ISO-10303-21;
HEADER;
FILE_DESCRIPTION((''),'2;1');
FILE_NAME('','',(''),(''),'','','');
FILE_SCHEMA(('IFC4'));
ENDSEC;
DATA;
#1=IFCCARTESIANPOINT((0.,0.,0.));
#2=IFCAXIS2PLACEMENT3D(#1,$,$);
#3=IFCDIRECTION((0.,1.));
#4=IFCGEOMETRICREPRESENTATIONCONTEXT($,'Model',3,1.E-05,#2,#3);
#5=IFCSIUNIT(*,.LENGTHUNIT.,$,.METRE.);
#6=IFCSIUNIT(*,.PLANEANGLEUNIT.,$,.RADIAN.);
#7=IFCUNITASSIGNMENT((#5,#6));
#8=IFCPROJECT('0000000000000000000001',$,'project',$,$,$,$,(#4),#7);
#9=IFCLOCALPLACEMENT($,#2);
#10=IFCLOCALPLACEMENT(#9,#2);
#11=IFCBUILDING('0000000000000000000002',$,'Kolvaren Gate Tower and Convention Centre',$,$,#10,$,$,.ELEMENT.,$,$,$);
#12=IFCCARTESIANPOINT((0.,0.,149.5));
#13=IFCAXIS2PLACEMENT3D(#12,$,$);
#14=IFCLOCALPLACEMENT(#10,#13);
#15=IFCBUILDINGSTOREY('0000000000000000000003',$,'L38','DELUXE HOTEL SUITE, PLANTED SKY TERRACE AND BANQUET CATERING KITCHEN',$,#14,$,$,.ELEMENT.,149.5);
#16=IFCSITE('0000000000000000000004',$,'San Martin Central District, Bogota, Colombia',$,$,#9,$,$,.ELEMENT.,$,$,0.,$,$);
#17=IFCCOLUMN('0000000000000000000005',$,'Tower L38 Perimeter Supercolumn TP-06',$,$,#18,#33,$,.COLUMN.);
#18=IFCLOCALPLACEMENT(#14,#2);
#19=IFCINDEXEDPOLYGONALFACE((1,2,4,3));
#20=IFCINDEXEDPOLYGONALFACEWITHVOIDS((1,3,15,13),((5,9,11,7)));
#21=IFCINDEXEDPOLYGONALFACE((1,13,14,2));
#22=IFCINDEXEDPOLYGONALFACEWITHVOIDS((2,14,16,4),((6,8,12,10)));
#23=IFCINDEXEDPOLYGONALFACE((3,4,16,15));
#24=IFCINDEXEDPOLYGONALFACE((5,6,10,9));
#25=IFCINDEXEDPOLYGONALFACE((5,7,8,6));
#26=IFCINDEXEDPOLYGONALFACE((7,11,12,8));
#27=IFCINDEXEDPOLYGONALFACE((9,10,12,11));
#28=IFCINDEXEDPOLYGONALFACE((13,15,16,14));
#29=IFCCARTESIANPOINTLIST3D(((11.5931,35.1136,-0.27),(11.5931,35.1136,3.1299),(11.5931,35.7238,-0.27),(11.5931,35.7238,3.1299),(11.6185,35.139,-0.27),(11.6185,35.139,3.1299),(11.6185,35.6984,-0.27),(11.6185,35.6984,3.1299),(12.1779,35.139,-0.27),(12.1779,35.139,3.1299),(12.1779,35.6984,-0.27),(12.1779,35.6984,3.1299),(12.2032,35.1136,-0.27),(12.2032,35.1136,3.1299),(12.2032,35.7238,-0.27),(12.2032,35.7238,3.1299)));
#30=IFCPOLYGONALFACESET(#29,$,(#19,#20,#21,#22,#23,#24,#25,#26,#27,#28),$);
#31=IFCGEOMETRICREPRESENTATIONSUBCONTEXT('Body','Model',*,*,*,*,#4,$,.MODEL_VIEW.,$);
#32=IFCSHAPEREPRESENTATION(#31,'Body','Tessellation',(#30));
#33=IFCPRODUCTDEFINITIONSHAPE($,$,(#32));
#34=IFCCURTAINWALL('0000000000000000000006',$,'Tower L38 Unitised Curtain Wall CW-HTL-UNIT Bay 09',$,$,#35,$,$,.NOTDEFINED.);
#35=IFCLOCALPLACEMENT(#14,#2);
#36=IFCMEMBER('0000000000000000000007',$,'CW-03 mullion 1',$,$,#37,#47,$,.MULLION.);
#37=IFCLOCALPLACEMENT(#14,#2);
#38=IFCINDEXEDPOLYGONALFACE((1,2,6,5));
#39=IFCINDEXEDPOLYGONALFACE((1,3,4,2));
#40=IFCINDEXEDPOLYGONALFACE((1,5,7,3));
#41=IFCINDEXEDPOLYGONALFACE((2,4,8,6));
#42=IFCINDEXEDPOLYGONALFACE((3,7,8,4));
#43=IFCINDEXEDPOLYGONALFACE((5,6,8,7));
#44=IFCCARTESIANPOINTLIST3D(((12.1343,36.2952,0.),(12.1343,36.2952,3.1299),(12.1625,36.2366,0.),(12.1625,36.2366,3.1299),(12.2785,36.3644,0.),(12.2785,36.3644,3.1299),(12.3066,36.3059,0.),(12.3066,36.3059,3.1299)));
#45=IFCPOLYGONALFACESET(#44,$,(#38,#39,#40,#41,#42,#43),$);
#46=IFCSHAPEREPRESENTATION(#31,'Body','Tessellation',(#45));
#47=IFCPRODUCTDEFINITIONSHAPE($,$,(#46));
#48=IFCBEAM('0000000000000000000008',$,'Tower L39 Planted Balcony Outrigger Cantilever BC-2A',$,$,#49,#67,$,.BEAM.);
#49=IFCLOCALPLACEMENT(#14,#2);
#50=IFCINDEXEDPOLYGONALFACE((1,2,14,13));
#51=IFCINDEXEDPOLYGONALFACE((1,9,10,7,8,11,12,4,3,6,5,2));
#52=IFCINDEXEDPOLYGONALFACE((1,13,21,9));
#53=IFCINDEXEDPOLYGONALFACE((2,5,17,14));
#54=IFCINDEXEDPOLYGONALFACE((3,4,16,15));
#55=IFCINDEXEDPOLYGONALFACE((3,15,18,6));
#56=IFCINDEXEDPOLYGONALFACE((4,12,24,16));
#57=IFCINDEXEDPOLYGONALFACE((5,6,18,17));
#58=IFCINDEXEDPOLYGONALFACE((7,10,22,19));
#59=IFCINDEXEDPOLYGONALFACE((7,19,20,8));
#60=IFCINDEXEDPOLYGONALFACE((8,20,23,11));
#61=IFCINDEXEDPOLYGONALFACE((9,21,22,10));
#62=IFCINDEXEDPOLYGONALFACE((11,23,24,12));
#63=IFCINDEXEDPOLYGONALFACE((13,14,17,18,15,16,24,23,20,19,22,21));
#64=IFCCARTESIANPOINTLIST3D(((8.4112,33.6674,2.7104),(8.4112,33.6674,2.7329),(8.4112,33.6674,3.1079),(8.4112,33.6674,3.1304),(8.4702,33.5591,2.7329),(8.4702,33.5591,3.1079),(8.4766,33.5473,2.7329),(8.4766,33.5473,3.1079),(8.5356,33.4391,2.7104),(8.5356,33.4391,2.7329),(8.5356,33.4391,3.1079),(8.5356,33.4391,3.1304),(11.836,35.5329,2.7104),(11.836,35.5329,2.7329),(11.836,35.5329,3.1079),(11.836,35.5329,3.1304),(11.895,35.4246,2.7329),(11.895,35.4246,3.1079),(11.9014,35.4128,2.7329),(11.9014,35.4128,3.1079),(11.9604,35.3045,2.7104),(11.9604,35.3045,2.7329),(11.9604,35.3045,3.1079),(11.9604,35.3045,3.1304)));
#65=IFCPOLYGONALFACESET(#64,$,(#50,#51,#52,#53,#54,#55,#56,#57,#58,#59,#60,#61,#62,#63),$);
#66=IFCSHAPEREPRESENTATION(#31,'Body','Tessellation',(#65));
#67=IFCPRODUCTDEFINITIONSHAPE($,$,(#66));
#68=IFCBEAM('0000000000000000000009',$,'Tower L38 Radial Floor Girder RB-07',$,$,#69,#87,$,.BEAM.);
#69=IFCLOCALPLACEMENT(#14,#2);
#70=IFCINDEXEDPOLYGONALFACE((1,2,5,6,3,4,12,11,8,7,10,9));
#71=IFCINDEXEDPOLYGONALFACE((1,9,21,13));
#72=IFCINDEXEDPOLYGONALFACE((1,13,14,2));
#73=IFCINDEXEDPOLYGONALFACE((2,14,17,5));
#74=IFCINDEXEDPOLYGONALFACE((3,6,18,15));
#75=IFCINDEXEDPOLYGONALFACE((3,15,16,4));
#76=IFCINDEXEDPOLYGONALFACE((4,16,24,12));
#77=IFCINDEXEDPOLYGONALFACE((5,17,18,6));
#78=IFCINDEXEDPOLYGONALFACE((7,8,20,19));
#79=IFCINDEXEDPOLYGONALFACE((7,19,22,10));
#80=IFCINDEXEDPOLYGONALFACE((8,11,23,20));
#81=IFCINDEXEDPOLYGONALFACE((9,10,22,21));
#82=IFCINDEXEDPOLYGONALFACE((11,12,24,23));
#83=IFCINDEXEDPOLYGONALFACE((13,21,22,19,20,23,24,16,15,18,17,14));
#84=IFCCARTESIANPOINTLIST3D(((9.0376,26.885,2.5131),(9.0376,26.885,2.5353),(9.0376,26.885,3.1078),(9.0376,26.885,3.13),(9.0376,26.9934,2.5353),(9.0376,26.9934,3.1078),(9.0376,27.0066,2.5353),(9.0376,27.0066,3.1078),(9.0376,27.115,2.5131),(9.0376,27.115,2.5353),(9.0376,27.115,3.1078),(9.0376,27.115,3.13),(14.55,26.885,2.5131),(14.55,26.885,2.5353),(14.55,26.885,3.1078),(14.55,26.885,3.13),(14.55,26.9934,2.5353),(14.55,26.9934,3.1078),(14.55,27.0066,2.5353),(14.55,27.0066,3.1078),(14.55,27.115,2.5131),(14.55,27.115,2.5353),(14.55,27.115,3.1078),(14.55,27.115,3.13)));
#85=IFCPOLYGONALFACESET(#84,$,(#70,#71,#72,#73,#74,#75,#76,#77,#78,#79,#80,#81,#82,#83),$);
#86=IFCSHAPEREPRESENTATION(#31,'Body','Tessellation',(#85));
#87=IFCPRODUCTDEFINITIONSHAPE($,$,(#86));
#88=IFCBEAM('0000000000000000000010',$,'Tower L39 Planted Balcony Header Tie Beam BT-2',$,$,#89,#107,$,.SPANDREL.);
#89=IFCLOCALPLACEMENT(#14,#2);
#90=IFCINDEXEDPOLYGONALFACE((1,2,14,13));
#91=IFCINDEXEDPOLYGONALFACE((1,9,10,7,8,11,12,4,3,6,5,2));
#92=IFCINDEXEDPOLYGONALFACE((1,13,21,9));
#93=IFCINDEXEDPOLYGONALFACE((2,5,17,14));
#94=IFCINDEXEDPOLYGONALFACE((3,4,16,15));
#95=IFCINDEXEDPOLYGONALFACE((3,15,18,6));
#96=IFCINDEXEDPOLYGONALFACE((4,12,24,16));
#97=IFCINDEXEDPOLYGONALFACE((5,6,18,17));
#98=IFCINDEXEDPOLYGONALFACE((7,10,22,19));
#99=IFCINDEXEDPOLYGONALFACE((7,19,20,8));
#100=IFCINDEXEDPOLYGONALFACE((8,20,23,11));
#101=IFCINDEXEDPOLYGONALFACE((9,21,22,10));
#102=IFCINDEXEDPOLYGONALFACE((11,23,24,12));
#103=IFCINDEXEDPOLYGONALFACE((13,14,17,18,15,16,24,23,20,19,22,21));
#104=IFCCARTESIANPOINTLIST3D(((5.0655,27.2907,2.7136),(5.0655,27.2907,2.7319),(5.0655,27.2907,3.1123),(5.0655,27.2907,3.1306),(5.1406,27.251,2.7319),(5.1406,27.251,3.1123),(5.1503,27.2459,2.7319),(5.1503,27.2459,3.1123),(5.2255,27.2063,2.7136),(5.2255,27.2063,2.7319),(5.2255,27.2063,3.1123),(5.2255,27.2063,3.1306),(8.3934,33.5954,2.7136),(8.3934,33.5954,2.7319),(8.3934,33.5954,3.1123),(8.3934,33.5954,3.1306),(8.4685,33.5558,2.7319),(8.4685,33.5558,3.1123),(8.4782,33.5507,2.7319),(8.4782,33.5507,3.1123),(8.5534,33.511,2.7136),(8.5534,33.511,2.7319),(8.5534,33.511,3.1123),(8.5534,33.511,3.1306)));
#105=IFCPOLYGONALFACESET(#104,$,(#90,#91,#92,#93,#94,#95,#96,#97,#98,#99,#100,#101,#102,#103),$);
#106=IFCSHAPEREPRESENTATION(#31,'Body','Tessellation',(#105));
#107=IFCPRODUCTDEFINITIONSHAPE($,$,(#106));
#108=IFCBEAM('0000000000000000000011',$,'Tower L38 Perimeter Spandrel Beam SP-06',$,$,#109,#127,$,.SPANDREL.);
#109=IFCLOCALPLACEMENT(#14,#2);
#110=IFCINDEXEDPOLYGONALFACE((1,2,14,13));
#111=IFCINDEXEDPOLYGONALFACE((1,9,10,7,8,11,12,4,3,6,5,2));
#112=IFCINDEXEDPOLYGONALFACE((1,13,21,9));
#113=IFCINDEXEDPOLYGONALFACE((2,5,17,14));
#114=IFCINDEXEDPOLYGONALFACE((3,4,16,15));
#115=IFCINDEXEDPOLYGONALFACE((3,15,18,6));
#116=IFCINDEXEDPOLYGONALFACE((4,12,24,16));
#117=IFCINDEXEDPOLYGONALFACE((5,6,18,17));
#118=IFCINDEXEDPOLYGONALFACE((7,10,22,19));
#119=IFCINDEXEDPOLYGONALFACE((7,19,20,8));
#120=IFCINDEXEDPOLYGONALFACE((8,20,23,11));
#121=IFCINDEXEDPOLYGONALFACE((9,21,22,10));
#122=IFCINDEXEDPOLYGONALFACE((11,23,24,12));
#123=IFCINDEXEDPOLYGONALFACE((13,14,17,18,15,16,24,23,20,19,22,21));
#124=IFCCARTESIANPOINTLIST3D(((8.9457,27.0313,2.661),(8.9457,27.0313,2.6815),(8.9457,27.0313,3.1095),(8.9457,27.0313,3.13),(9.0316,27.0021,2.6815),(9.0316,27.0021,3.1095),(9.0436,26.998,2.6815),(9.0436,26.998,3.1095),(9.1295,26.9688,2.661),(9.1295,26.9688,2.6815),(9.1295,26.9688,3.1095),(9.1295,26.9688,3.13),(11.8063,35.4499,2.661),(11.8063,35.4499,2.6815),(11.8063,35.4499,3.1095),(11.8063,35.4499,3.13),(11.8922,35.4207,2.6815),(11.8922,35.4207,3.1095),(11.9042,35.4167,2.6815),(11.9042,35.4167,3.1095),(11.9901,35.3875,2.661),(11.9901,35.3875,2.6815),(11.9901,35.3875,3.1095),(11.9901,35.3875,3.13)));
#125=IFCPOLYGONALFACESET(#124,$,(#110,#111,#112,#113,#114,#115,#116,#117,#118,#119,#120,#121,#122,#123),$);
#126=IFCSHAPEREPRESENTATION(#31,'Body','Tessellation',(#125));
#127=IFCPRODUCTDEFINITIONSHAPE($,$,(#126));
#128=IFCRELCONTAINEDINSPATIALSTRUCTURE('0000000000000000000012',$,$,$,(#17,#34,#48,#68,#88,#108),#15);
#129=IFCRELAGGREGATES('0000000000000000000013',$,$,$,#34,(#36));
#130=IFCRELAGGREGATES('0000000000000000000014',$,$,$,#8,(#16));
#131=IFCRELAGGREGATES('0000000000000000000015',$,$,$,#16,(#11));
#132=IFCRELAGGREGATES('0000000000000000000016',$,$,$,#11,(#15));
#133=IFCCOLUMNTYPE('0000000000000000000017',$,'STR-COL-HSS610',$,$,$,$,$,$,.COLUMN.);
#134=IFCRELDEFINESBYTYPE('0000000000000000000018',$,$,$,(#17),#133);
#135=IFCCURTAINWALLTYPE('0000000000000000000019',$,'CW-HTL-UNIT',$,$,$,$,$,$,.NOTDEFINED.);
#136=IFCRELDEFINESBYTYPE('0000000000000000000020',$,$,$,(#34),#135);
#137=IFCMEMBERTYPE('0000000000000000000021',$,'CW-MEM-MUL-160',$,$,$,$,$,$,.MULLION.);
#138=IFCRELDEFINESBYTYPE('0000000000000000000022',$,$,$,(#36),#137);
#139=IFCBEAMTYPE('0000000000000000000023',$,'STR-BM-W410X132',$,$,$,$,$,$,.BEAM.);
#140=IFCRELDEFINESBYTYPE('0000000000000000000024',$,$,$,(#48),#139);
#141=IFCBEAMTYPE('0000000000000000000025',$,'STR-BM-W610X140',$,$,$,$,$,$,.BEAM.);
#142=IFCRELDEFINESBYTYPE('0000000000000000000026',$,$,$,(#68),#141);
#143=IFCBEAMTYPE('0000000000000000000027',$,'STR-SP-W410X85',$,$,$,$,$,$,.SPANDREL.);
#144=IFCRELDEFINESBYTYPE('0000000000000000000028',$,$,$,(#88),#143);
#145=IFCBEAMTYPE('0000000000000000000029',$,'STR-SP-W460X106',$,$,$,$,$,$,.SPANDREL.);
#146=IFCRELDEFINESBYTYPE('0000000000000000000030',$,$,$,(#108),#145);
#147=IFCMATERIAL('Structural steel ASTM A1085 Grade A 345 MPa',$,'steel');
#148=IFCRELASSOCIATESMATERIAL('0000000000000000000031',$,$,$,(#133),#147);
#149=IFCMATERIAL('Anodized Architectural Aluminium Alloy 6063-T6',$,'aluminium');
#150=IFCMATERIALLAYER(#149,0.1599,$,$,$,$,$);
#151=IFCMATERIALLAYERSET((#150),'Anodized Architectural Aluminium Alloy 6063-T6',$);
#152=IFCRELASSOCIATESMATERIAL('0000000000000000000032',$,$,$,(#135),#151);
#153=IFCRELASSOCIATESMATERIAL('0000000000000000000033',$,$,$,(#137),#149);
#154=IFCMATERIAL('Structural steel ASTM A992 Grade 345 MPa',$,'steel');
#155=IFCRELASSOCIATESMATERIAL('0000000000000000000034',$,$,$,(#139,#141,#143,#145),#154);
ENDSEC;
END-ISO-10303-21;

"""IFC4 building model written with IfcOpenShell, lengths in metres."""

from ifc_helpers import new_model, si_unit, direction, frame, origin, origin_2d, place, context, subcontext, project, spatial, rectangle, hollow_rectangle, i_section, extrude, material, layer, layer_set, material_profile, profile_set, type_object, element, aggregate, save


model = new_model("IFC4")

# Units and contexts
model_context = context("Model", 3, precision=1e-05, world=origin(), true_north=direction((0.0, 1.0)))
body_context = subcontext(model_context, "Body", "Model", "MODEL_VIEW")
ifc_project = project(units=[si_unit("LENGTHUNIT", "METRE"), si_unit("PLANEANGLEUNIT", "RADIAN")], contexts=[model_context])

# Site, building, storey
site_placement = place(None, origin())
site = spatial("IfcSite", under=ifc_project, at=site_placement, Name="San Martin Central District, Bogota, Colombia", CompositionType="ELEMENT", RefElevation=0.0)
building_placement = place(site_placement, origin())
building = spatial("IfcBuilding", under=site, at=building_placement, Name="Kolvaren Gate Tower and Convention Centre", CompositionType="ELEMENT")
storey_placement = place(building_placement, frame((0.0, 0.0, 149.5)))
storey = spatial("IfcBuildingStorey", under=building, at=storey_placement, Name="L38", Description="DELUXE HOTEL SUITE, PLANTED SKY TERRACE AND BANQUET CATERING KITCHEN", CompositionType="ELEMENT", Elevation=149.5)

# Column
ifc_material_1 = material(Name="Structural steel ASTM A1085 Grade A 345 MPa", Category="steel")
ifc_material_profile_1 = material_profile(ifc_material_1, hollow_rectangle(XDim=0.6101, YDim=0.6101, WallThickness=0.0254, at=origin_2d()), Name="HSS610X610X25.4")
ifc_profile_set_1 = profile_set([ifc_material_profile_1], Name="Structural steel ASTM A1085 Grade A 345 MPa")
column_type = type_object("IfcColumnType", Name="STR-COL-HSS610", PredefinedType="COLUMN", material=ifc_profile_set_1)
column_placement = place(storey_placement, frame((11.8982, 35.4187, -0.27), z_axis=(0.0, 0.0, 1.0), x_axis=(1.0, 0.0, 0.0)))
element("IfcColumn", 1, at=column_placement, inside=storey, type_object=column_type, Name="Tower L38 Perimeter Supercolumn TP-06", PredefinedType="COLUMN", context=body_context, shape_type="SweptSolid", body=[
    extrude(hollow_rectangle(XDim=0.6101, YDim=0.6101, WallThickness=0.0254, at=origin_2d()), origin(), (0.0, 0.0, 1.0), 3.3999),
])

# Curtain wall, member
ifc_material_2 = material(Name="Anodized Architectural Aluminium Alloy 6063-T6", Category="aluminium")
ifc_layer_1 = layer(ifc_material_2, 0.1599)
ifc_layer_set_1 = layer_set([ifc_layer_1], Name="Anodized Architectural Aluminium Alloy 6063-T6")
curtain_wall_type = type_object("IfcCurtainWallType", Name="CW-HTL-UNIT", PredefinedType="NOTDEFINED", material=ifc_layer_set_1)
curtain_wall_placement = place(storey_placement, origin())
curtain_wall = element("IfcCurtainWall", 2, at=curtain_wall_placement, inside=storey, type_object=curtain_wall_type, Name="Tower L38 Unitised Curtain Wall CW-HTL-UNIT Bay 09", PredefinedType="NOTDEFINED")
ifc_material_profile_2 = material_profile(ifc_material_2, rectangle(XDim=0.0649, YDim=0.1599, at=origin_2d()), Name="CW-MEM-MUL-160")
ifc_profile_set_2 = profile_set([ifc_material_profile_2], Name="Anodized Architectural Aluminium Alloy 6063-T6")
member_type = type_object("IfcMemberType", Name="CW-MEM-MUL-160", PredefinedType="MULLION", material=ifc_profile_set_2)
member_placement = place(storey_placement, frame((12.2205, 36.3005, 0.0), z_axis=(0.0, 0.0, 1.0), x_axis=(-0.433065, 0.901363, 0.0)))
member = element("IfcMember", 3, at=member_placement, type_object=member_type, Name="CW-03 mullion 1", PredefinedType="MULLION", context=body_context, shape_type="SweptSolid", body=[
    extrude(rectangle(XDim=0.0649, YDim=0.1599, at=origin_2d()), origin(), (0.0, 0.0, 1.0), 3.1299),
])
aggregate(curtain_wall, [member])

# Beams
ifc_material_3 = material(Name="Structural steel ASTM A992 Grade 345 MPa", Category="steel")
ifc_material_profile_3 = material_profile(ifc_material_3, i_section(OverallWidth=0.26, OverallDepth=0.4199, WebThickness=0.0134, FlangeThickness=0.0225, at=origin_2d()), Name="W410X132")
ifc_profile_set_3 = profile_set([ifc_material_profile_3], Name="Structural steel ASTM A992 Grade 345 MPa")
beam_type_1 = type_object("IfcBeamType", Name="STR-BM-W410X132", PredefinedType="BEAM", material=ifc_profile_set_3)
beam_1_placement = place(storey_placement, frame((11.8982, 35.4187, 2.9204), z_axis=(-0.878175, -0.478339, 0.0), x_axis=(0.478339, -0.878175, 0.0)))
element("IfcBeam", 4, at=beam_1_placement, inside=storey, type_object=beam_type_1, Name="Tower L39 Planted Balcony Outrigger Cantilever BC-2A", PredefinedType="BEAM", context=body_context, shape_type="SweptSolid", body=[
    extrude(i_section(OverallWidth=0.26, OverallDepth=0.4199, WebThickness=0.0134, FlangeThickness=0.0225, at=origin_2d()), origin(), (0.0, 0.0, 1.0), 3.8999),
])
ifc_material_profile_4 = material_profile(ifc_material_3, i_section(OverallWidth=0.23, OverallDepth=0.6169, WebThickness=0.0132, FlangeThickness=0.0222, at=origin_2d()), Name="W610X140")
ifc_profile_set_4 = profile_set([ifc_material_profile_4], Name="Structural steel ASTM A992 Grade 345 MPa")
beam_type_2 = type_object("IfcBeamType", Name="STR-BM-W610X140", PredefinedType="BEAM", material=ifc_profile_set_4)
beam_2_placement = place(storey_placement, frame((14.55, 27.0, 2.8215), z_axis=(-1.0, 0.0, 0.0), x_axis=(0.0, -1.0, 0.0)))
element("IfcBeam", 5, at=beam_2_placement, inside=storey, type_object=beam_type_2, Name="Tower L38 Radial Floor Girder RB-07", PredefinedType="BEAM", context=body_context, shape_type="SweptSolid", body=[
    extrude(i_section(OverallWidth=0.23, OverallDepth=0.6169, WebThickness=0.0132, FlangeThickness=0.0222, at=origin_2d()), origin(), (0.0, 0.0, 1.0), 5.5125),
])
ifc_material_profile_5 = material_profile(ifc_material_3, i_section(OverallWidth=0.1809, OverallDepth=0.417, WebThickness=0.011, FlangeThickness=0.0183, at=origin_2d()), Name="W410X85")
ifc_profile_set_5 = profile_set([ifc_material_profile_5], Name="Structural steel ASTM A992 Grade 345 MPa")
beam_type_3 = type_object("IfcBeamType", Name="STR-SP-W410X85", PredefinedType="SPANDREL", material=ifc_profile_set_5)
beam_3_placement = place(storey_placement, frame((8.4734, 33.5532, 2.9221), z_axis=(-0.466803, -0.884361, 0.0), x_axis=(0.884361, -0.466803, 0.0)))
element("IfcBeam", 6, at=beam_3_placement, inside=storey, type_object=beam_type_3, Name="Tower L39 Planted Balcony Header Tie Beam BT-2", PredefinedType="SPANDREL", context=body_context, shape_type="SweptSolid", body=[
    extrude(i_section(OverallWidth=0.1809, OverallDepth=0.417, WebThickness=0.011, FlangeThickness=0.0183, at=origin_2d()), origin(), (0.0, 0.0, 1.0), 7.1292),
])
ifc_material_profile_6 = material_profile(ifc_material_3, i_section(OverallWidth=0.1941, OverallDepth=0.469, WebThickness=0.0127, FlangeThickness=0.0205, at=origin_2d()), Name="W460X106")
ifc_profile_set_6 = profile_set([ifc_material_profile_6], Name="Structural steel ASTM A992 Grade 345 MPa")
beam_type_4 = type_object("IfcBeamType", Name="STR-SP-W460X106", PredefinedType="SPANDREL", material=ifc_profile_set_6)
beam_4_placement = place(storey_placement, frame((11.8982, 35.4187, 2.8955), z_axis=(-0.321725, -0.946833, 0.0), x_axis=(0.946833, -0.321725, 0.0)))
element("IfcBeam", 7, at=beam_4_placement, inside=storey, type_object=beam_type_4, Name="Tower L38 Perimeter Spandrel Beam SP-06", PredefinedType="SPANDREL", context=body_context, shape_type="SweptSolid", body=[
    extrude(i_section(OverallWidth=0.1941, OverallDepth=0.469, WebThickness=0.0127, FlangeThickness=0.0205, at=origin_2d()), origin(), (0.0, 0.0, 1.0), 8.8914),
])

save(model, "model.ifc")
